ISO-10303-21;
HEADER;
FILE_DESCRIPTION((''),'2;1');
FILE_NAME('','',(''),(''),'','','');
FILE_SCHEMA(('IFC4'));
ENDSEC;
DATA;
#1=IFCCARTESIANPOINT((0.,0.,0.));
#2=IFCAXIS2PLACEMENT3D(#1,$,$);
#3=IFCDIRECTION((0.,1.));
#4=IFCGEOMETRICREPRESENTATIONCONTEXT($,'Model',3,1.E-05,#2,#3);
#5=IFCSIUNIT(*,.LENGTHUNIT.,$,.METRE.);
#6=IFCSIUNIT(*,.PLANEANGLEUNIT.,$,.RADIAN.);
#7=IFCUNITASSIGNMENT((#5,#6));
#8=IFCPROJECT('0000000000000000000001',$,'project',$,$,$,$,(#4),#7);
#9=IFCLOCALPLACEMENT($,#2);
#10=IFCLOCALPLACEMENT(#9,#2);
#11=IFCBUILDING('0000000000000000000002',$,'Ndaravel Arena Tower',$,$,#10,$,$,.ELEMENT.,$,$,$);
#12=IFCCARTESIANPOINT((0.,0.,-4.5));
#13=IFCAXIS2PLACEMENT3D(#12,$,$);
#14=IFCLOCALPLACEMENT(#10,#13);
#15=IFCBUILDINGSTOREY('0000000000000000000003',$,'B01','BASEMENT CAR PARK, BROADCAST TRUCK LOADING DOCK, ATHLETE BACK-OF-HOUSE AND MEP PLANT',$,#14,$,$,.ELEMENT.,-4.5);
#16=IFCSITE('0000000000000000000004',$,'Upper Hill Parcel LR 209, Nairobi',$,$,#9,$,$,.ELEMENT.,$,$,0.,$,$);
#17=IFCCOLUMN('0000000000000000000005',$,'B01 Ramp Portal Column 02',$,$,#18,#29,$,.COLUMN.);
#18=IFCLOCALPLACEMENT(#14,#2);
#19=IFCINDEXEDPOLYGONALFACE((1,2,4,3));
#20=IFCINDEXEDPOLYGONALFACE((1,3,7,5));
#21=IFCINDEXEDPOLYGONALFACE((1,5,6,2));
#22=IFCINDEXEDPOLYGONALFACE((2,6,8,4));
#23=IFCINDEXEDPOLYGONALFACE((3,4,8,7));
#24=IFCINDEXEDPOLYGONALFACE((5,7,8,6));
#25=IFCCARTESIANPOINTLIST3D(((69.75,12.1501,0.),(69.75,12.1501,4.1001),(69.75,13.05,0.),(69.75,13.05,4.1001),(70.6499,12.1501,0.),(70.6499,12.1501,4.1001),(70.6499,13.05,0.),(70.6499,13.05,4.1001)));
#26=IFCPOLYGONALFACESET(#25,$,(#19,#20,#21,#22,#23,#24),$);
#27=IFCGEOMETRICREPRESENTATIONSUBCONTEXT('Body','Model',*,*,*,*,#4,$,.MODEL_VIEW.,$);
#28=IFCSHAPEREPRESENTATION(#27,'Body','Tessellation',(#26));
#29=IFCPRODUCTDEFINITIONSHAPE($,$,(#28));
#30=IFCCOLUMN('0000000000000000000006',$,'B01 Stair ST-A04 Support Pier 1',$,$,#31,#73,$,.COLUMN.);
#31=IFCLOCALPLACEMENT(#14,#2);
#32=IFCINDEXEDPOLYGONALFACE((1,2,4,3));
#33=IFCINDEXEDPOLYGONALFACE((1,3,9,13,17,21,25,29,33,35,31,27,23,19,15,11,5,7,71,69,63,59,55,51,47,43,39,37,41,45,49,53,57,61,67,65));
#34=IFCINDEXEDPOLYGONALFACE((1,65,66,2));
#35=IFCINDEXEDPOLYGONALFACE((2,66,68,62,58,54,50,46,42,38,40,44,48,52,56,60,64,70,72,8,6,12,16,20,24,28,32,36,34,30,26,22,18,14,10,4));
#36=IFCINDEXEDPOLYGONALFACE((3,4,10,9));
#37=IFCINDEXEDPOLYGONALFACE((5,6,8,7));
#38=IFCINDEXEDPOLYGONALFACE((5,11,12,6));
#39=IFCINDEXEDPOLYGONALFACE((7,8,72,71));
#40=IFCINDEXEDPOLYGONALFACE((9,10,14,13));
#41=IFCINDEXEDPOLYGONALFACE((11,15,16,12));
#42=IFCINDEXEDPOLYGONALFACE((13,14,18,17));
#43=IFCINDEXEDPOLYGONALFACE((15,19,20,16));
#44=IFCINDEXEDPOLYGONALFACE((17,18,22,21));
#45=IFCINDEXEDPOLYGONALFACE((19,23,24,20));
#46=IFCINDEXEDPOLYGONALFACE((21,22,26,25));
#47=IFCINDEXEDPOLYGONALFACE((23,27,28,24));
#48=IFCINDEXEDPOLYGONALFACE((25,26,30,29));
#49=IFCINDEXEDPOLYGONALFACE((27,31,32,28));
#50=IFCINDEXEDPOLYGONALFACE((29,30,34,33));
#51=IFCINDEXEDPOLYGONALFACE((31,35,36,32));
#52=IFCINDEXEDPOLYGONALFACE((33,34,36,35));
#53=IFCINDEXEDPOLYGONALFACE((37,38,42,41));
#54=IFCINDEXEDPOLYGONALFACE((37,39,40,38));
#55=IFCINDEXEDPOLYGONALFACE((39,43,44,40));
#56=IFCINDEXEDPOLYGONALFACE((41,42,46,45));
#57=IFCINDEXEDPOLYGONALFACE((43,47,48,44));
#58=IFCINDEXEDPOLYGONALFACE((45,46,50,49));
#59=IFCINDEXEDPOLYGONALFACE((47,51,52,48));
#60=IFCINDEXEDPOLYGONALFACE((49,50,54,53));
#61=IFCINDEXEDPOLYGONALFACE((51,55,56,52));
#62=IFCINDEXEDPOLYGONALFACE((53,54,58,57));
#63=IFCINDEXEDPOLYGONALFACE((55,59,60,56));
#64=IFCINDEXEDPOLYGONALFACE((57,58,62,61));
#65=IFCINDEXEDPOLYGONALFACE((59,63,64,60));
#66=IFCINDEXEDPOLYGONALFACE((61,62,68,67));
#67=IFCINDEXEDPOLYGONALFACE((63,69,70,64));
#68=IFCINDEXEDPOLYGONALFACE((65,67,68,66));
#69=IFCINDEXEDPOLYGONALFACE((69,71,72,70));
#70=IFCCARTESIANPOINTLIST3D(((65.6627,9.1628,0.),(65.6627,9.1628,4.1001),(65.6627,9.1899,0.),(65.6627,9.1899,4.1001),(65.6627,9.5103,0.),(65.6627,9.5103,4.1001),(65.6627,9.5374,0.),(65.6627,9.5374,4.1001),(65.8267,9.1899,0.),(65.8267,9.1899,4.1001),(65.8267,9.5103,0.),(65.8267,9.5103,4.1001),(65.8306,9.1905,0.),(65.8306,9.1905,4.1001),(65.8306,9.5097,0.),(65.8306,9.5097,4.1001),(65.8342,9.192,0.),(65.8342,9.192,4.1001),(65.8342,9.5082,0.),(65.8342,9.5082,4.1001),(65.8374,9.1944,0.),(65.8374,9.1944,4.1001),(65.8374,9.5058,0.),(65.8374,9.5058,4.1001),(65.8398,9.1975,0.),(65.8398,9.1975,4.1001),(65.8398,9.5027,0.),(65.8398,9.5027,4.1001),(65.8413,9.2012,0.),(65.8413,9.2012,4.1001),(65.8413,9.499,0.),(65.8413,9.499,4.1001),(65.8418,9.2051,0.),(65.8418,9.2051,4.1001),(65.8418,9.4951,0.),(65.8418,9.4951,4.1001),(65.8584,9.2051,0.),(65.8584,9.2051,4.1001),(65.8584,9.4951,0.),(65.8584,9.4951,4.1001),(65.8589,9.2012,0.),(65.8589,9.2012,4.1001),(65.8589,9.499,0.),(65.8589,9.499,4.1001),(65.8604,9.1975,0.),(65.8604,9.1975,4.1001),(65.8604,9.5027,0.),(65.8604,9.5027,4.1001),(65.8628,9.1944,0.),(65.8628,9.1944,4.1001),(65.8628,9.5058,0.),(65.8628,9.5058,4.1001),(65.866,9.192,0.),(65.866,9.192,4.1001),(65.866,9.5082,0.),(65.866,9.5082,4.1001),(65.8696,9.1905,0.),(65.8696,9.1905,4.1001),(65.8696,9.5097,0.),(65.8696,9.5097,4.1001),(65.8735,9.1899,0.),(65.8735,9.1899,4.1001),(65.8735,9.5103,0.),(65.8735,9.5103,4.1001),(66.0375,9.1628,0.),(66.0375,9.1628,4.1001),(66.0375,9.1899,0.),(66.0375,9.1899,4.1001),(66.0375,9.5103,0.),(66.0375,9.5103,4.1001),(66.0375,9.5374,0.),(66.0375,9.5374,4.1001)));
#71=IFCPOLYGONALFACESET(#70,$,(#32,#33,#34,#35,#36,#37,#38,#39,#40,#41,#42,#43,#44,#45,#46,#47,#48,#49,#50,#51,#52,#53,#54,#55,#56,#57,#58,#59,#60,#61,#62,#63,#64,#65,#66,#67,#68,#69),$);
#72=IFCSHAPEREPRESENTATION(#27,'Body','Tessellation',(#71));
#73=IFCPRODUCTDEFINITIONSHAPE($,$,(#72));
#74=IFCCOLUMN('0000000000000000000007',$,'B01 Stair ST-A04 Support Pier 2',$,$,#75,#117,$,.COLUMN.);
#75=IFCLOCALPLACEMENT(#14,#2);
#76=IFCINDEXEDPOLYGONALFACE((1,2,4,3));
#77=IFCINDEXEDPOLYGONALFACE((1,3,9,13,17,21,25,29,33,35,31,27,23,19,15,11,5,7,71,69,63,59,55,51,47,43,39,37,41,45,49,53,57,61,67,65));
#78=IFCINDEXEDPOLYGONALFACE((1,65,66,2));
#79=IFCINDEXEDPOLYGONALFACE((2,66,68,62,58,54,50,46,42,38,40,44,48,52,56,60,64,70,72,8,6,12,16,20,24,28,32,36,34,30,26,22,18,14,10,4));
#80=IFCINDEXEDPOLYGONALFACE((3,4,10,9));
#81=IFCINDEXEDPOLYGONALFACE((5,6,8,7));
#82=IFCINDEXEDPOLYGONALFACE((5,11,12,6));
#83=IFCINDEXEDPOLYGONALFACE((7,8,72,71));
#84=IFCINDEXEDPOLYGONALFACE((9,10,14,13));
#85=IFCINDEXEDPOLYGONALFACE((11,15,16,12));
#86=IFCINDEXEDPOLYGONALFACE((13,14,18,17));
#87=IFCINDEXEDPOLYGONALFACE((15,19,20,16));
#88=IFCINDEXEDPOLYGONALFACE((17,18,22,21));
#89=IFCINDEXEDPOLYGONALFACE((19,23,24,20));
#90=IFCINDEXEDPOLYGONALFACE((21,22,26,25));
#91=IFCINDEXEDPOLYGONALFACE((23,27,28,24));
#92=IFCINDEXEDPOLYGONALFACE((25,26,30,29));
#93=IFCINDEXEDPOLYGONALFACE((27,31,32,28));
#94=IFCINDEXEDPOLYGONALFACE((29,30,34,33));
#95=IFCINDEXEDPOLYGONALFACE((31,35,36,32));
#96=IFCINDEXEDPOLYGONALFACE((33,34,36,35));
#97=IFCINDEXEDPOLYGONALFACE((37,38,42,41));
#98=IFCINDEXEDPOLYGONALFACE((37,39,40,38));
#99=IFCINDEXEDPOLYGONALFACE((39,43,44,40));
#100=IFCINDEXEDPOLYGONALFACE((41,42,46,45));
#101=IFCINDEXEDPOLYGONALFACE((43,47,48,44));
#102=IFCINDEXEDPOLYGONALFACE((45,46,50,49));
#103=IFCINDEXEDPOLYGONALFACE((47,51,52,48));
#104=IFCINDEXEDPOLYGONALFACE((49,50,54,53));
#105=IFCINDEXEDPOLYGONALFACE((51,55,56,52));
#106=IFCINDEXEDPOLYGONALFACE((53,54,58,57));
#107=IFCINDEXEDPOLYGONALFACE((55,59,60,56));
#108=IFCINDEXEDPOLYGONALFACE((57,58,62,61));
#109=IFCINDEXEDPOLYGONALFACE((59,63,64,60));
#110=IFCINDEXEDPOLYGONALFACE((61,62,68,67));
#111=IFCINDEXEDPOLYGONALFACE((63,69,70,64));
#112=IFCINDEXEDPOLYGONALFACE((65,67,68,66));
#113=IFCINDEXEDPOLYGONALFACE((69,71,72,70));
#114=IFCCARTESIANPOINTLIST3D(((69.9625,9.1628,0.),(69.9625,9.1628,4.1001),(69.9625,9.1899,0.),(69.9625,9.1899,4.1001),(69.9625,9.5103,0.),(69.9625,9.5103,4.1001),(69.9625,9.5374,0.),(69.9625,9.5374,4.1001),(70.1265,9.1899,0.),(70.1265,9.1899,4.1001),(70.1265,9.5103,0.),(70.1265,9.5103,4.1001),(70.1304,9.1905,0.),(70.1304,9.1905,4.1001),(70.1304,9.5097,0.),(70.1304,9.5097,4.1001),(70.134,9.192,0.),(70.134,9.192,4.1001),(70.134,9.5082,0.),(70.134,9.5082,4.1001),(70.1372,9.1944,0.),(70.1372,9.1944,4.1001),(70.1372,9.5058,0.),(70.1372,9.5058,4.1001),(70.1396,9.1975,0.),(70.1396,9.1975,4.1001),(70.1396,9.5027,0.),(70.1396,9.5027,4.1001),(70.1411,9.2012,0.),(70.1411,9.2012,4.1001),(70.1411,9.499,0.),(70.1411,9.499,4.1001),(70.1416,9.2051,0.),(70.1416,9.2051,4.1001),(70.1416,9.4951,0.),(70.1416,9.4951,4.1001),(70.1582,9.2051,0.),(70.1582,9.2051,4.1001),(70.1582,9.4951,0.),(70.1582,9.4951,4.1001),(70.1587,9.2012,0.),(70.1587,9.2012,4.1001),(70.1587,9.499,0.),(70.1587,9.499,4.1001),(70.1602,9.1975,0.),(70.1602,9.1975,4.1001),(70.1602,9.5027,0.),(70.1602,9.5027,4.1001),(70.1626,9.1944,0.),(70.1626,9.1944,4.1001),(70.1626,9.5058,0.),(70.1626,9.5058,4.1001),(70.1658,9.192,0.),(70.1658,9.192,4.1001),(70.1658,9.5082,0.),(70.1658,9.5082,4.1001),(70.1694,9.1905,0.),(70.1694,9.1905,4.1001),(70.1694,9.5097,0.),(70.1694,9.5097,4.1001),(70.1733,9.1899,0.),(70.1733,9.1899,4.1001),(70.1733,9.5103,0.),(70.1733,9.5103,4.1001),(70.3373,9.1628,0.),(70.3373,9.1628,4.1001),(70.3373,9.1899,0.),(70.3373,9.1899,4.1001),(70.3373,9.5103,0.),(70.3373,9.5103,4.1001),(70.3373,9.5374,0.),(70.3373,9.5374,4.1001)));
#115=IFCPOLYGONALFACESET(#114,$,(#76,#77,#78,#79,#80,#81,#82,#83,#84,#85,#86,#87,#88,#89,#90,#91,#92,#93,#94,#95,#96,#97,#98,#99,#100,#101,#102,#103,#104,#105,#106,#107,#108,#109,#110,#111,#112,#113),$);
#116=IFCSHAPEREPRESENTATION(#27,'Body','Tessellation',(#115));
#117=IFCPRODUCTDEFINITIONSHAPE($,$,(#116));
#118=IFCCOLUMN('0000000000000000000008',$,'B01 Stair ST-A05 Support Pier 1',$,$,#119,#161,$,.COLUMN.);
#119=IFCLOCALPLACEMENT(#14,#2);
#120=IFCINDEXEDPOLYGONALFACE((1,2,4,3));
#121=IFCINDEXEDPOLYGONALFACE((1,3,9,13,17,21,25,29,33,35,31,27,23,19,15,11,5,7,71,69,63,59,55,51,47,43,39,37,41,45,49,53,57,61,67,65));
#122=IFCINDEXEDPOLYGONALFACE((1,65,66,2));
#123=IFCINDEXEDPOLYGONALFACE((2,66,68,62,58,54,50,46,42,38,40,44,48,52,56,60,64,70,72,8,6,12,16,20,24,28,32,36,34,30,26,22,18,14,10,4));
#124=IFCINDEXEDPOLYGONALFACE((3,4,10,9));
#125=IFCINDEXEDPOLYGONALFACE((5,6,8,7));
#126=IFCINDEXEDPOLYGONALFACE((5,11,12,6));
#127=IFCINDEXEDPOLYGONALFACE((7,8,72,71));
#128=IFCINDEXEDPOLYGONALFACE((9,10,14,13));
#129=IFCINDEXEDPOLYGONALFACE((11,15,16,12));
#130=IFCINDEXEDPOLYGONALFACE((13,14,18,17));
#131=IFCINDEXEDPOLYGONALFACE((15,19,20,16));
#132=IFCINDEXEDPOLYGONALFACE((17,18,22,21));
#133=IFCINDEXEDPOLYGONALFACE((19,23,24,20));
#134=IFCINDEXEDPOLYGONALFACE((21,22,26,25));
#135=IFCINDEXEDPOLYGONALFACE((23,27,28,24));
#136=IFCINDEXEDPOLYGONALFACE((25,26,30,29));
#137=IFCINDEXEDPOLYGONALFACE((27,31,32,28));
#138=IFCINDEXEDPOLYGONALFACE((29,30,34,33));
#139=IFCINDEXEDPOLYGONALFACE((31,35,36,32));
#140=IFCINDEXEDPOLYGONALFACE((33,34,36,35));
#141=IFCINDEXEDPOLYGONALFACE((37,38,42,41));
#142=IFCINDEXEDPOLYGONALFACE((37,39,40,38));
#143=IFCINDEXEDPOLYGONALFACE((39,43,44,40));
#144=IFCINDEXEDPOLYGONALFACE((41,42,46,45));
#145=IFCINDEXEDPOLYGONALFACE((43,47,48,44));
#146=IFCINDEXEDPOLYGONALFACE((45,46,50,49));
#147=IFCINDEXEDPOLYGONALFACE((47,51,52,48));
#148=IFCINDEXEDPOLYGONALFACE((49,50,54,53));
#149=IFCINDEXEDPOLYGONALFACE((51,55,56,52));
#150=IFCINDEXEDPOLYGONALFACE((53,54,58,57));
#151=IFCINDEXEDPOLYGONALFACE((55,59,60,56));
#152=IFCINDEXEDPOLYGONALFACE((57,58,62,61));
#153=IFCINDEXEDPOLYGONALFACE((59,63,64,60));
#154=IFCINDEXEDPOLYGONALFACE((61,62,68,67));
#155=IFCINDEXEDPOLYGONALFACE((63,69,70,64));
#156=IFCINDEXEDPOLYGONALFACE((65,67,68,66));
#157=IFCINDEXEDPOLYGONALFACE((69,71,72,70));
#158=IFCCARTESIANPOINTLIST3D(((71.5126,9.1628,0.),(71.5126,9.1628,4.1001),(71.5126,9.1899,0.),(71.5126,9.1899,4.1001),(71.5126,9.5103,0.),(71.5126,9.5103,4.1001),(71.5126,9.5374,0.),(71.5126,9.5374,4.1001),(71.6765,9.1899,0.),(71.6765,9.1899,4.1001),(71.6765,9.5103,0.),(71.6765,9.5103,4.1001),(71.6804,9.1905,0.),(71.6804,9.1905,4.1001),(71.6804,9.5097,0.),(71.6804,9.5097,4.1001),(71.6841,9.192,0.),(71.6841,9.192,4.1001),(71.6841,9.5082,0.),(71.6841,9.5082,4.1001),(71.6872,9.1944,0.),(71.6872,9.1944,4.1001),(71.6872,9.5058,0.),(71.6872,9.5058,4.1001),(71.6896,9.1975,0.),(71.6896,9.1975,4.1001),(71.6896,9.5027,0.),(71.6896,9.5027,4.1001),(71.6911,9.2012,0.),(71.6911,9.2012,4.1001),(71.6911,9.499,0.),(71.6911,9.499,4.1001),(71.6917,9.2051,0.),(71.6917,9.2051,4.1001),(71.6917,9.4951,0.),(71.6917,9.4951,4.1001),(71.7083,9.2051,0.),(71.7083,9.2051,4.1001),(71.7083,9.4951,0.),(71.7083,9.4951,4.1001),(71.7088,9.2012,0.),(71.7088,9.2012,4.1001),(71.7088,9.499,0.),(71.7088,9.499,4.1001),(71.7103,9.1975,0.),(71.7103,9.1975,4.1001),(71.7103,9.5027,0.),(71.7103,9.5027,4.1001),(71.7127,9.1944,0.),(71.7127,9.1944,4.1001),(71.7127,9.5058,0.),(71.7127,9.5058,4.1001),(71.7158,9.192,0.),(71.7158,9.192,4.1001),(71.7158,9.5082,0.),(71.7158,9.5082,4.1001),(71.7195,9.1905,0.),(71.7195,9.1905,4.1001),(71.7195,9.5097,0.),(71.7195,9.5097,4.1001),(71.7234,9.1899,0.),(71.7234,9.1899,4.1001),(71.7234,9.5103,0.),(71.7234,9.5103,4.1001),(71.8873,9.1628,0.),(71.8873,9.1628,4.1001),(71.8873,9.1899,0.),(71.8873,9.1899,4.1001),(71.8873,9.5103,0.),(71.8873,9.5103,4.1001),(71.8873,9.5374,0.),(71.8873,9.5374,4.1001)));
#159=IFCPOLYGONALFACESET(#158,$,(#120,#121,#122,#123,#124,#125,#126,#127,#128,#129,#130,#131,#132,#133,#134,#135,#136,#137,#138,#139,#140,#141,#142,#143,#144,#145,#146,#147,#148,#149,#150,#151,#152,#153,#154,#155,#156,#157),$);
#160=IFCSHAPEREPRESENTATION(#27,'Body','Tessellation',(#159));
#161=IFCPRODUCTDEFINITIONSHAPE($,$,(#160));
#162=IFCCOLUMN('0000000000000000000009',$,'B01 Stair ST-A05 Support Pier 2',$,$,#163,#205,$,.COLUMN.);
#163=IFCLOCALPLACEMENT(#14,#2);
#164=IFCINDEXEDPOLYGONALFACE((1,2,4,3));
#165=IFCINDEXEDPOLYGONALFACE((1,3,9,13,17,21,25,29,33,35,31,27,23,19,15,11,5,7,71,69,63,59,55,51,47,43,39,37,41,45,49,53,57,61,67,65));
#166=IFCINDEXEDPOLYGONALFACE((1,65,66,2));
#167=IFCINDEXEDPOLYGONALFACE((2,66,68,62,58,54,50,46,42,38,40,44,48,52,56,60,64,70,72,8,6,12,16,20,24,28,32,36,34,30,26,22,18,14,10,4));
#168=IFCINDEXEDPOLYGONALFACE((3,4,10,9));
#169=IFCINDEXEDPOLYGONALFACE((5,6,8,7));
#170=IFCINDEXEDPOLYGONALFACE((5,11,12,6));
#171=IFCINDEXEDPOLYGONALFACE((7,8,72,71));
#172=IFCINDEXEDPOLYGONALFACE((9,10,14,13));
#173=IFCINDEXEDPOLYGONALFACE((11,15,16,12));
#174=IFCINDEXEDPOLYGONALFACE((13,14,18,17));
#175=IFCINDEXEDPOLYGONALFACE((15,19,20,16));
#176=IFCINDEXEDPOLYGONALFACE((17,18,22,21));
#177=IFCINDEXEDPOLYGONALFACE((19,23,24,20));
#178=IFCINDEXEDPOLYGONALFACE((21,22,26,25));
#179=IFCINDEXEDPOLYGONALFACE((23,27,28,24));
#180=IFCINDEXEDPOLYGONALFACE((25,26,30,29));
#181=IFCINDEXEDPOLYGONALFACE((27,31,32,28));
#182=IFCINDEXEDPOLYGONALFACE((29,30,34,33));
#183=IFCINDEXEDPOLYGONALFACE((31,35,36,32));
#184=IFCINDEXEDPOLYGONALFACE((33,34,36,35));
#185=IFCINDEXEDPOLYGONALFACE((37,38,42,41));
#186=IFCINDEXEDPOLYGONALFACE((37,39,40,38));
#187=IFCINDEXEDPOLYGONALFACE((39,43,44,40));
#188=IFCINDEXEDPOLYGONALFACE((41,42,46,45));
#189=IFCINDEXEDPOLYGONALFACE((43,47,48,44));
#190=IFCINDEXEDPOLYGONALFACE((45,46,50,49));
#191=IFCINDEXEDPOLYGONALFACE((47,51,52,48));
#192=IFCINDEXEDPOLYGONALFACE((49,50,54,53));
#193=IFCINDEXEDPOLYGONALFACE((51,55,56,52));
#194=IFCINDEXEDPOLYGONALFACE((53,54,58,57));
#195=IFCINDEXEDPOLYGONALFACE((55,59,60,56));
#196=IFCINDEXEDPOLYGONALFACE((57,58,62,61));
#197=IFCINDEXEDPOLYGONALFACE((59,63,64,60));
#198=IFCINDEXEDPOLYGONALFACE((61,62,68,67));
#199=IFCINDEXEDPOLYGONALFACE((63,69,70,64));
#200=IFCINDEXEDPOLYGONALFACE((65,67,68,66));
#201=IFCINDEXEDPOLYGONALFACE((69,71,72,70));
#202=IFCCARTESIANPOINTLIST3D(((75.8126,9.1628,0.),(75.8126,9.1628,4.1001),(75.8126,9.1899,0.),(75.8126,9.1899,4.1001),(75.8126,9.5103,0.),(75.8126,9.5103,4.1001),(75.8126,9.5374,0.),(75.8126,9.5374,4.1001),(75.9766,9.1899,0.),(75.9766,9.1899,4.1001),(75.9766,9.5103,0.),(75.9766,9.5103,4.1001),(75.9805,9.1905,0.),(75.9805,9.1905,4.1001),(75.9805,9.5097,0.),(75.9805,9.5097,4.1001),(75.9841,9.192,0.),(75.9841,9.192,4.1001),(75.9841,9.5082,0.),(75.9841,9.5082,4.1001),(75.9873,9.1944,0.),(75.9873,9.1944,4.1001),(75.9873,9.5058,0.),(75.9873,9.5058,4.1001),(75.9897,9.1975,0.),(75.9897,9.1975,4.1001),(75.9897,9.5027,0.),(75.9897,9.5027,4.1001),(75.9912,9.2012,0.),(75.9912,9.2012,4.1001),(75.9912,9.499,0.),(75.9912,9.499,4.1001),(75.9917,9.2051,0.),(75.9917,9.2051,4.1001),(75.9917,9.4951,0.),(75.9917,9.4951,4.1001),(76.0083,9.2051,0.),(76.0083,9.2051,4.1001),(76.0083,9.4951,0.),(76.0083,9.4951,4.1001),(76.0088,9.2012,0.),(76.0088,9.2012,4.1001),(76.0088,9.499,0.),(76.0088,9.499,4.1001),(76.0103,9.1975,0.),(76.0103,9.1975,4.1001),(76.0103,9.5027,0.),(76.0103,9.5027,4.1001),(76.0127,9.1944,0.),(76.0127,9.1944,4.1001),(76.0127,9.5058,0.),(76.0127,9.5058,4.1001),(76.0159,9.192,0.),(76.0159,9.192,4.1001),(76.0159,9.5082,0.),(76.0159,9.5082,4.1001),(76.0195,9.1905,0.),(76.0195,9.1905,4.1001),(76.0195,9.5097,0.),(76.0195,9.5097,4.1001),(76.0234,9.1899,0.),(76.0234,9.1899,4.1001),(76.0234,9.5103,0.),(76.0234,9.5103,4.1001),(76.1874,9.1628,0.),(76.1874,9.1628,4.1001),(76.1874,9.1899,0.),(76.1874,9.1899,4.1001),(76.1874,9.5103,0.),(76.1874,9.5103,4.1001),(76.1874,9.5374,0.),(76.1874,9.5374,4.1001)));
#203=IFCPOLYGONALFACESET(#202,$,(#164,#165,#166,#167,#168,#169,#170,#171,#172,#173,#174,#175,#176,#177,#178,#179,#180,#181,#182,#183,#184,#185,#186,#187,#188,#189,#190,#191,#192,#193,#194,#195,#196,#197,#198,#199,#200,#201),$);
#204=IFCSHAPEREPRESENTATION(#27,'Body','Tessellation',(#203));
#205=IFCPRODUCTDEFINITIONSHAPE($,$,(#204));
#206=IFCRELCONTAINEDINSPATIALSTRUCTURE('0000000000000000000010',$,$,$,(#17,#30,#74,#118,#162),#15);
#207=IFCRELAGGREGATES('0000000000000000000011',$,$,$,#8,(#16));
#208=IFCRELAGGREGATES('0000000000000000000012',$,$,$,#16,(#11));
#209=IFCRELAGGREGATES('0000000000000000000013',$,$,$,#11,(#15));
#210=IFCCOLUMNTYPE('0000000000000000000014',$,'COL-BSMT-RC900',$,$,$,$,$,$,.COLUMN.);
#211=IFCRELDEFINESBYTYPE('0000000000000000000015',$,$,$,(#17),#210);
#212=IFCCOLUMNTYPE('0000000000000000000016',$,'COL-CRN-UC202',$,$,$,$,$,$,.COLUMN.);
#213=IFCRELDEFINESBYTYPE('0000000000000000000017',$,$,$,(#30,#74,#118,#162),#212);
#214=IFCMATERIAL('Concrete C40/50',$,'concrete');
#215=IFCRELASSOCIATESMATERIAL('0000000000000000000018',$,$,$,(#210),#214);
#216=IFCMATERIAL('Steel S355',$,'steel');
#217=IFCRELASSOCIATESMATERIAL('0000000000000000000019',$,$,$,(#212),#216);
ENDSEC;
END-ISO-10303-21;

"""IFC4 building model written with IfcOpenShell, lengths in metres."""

from ifc_helpers import new_model, si_unit, direction, frame, origin, origin_2d, place, context, subcontext, project, spatial, rectangle, i_section, extrude, material, material_profile, profile_set, type_object, element, save


model = new_model("IFC4")

# Units and contexts
model_context = context("Model", 3, precision=1e-05, world=origin(), true_north=direction((0.0, 1.0)))
body_context = subcontext(model_context, "Body", "Model", "MODEL_VIEW")
ifc_project = project(units=[si_unit("LENGTHUNIT", "METRE"), si_unit("PLANEANGLEUNIT", "RADIAN")], contexts=[model_context])

# Site, building, storey
site_placement = place(None, origin())
site = spatial("IfcSite", under=ifc_project, at=site_placement, Name="Upper Hill Parcel LR 209, Nairobi", CompositionType="ELEMENT", RefElevation=0.0)
building_placement = place(site_placement, origin())
building = spatial("IfcBuilding", under=site, at=building_placement, Name="Ndaravel Arena Tower", CompositionType="ELEMENT")
storey_placement = place(building_placement, frame((0.0, 0.0, -4.5)))
storey = spatial("IfcBuildingStorey", under=building, at=storey_placement, Name="B01", Description="BASEMENT CAR PARK, BROADCAST TRUCK LOADING DOCK, ATHLETE BACK-OF-HOUSE AND MEP PLANT", CompositionType="ELEMENT", Elevation=-4.5)

# Columns
ifc_material_1 = material(Name="Concrete C40/50", Category="concrete")
ifc_material_profile_1 = material_profile(ifc_material_1, rectangle(XDim=0.8999, YDim=0.8999, at=origin_2d()), Name="RC 900x900")
ifc_profile_set_1 = profile_set([ifc_material_profile_1], Name="Concrete C40/50")
column_type_1 = type_object("IfcColumnType", Name="COL-BSMT-RC900", PredefinedType="COLUMN", material=ifc_profile_set_1)
column_1_placement = place(storey_placement, frame((70.2, 12.6001, 0.0), z_axis=(0.0, 0.0, 1.0), x_axis=(1.0, 0.0, 0.0)))
element("IfcColumn", 1, at=column_1_placement, inside=storey, type_object=column_type_1, Name="B01 Ramp Portal Column 02", PredefinedType="COLUMN", context=body_context, shape_type="SweptSolid", body=[
    extrude(rectangle(XDim=0.8999, YDim=0.8999, at=origin_2d()), origin(), (0.0, 0.0, 1.0), 4.1001),
])
ifc_material_2 = material(Name="Steel S355", Category="steel")
ifc_material_profile_2 = material_profile(ifc_material_2, i_section(OverallWidth=0.3748, OverallDepth=0.3745, WebThickness=0.0166, FlangeThickness=0.0271, FilletRadius=0.0151, at=origin_2d()), Name="UC 356x368x202")
ifc_profile_set_2 = profile_set([ifc_material_profile_2], Name="Steel S355")
column_type_2 = type_object("IfcColumnType", Name="COL-CRN-UC202", PredefinedType="COLUMN", material=ifc_profile_set_2)
for number, where, z_axis, x_axis, name in (
    (2, (65.8501, 9.3501, 0.0), (0.0, 0.0, 1.0), (1.0, 0.0, 0.0), "B01 Stair ST-A04 Support Pier 1"),
    (3, (70.1499, 9.3501, 0.0), (0.0, 0.0, 1.0), (1.0, 0.0, 0.0), "B01 Stair ST-A04 Support Pier 2"),
    (4, (71.7, 9.3501, 0.0), (0.0, 0.0, 1.0), (1.0, 0.0, 0.0), "B01 Stair ST-A05 Support Pier 1"),
    (5, (76.0, 9.3501, 0.0), (0.0, 0.0, 1.0), (1.0, 0.0, 0.0), "B01 Stair ST-A05 Support Pier 2"),
):
    element("IfcColumn", number, at=place(storey_placement, frame(where, z_axis=z_axis, x_axis=x_axis)), inside=storey, type_object=column_type_2, Name=name, PredefinedType="COLUMN", context=body_context, shape_type="SweptSolid", body=[
        extrude(i_section(OverallWidth=0.3748, OverallDepth=0.3745, WebThickness=0.0166, FlangeThickness=0.0271, FilletRadius=0.0151, at=origin_2d()), origin(), (0.0, 0.0, 1.0), 4.1001),
    ])

save(model, "model.ifc")
